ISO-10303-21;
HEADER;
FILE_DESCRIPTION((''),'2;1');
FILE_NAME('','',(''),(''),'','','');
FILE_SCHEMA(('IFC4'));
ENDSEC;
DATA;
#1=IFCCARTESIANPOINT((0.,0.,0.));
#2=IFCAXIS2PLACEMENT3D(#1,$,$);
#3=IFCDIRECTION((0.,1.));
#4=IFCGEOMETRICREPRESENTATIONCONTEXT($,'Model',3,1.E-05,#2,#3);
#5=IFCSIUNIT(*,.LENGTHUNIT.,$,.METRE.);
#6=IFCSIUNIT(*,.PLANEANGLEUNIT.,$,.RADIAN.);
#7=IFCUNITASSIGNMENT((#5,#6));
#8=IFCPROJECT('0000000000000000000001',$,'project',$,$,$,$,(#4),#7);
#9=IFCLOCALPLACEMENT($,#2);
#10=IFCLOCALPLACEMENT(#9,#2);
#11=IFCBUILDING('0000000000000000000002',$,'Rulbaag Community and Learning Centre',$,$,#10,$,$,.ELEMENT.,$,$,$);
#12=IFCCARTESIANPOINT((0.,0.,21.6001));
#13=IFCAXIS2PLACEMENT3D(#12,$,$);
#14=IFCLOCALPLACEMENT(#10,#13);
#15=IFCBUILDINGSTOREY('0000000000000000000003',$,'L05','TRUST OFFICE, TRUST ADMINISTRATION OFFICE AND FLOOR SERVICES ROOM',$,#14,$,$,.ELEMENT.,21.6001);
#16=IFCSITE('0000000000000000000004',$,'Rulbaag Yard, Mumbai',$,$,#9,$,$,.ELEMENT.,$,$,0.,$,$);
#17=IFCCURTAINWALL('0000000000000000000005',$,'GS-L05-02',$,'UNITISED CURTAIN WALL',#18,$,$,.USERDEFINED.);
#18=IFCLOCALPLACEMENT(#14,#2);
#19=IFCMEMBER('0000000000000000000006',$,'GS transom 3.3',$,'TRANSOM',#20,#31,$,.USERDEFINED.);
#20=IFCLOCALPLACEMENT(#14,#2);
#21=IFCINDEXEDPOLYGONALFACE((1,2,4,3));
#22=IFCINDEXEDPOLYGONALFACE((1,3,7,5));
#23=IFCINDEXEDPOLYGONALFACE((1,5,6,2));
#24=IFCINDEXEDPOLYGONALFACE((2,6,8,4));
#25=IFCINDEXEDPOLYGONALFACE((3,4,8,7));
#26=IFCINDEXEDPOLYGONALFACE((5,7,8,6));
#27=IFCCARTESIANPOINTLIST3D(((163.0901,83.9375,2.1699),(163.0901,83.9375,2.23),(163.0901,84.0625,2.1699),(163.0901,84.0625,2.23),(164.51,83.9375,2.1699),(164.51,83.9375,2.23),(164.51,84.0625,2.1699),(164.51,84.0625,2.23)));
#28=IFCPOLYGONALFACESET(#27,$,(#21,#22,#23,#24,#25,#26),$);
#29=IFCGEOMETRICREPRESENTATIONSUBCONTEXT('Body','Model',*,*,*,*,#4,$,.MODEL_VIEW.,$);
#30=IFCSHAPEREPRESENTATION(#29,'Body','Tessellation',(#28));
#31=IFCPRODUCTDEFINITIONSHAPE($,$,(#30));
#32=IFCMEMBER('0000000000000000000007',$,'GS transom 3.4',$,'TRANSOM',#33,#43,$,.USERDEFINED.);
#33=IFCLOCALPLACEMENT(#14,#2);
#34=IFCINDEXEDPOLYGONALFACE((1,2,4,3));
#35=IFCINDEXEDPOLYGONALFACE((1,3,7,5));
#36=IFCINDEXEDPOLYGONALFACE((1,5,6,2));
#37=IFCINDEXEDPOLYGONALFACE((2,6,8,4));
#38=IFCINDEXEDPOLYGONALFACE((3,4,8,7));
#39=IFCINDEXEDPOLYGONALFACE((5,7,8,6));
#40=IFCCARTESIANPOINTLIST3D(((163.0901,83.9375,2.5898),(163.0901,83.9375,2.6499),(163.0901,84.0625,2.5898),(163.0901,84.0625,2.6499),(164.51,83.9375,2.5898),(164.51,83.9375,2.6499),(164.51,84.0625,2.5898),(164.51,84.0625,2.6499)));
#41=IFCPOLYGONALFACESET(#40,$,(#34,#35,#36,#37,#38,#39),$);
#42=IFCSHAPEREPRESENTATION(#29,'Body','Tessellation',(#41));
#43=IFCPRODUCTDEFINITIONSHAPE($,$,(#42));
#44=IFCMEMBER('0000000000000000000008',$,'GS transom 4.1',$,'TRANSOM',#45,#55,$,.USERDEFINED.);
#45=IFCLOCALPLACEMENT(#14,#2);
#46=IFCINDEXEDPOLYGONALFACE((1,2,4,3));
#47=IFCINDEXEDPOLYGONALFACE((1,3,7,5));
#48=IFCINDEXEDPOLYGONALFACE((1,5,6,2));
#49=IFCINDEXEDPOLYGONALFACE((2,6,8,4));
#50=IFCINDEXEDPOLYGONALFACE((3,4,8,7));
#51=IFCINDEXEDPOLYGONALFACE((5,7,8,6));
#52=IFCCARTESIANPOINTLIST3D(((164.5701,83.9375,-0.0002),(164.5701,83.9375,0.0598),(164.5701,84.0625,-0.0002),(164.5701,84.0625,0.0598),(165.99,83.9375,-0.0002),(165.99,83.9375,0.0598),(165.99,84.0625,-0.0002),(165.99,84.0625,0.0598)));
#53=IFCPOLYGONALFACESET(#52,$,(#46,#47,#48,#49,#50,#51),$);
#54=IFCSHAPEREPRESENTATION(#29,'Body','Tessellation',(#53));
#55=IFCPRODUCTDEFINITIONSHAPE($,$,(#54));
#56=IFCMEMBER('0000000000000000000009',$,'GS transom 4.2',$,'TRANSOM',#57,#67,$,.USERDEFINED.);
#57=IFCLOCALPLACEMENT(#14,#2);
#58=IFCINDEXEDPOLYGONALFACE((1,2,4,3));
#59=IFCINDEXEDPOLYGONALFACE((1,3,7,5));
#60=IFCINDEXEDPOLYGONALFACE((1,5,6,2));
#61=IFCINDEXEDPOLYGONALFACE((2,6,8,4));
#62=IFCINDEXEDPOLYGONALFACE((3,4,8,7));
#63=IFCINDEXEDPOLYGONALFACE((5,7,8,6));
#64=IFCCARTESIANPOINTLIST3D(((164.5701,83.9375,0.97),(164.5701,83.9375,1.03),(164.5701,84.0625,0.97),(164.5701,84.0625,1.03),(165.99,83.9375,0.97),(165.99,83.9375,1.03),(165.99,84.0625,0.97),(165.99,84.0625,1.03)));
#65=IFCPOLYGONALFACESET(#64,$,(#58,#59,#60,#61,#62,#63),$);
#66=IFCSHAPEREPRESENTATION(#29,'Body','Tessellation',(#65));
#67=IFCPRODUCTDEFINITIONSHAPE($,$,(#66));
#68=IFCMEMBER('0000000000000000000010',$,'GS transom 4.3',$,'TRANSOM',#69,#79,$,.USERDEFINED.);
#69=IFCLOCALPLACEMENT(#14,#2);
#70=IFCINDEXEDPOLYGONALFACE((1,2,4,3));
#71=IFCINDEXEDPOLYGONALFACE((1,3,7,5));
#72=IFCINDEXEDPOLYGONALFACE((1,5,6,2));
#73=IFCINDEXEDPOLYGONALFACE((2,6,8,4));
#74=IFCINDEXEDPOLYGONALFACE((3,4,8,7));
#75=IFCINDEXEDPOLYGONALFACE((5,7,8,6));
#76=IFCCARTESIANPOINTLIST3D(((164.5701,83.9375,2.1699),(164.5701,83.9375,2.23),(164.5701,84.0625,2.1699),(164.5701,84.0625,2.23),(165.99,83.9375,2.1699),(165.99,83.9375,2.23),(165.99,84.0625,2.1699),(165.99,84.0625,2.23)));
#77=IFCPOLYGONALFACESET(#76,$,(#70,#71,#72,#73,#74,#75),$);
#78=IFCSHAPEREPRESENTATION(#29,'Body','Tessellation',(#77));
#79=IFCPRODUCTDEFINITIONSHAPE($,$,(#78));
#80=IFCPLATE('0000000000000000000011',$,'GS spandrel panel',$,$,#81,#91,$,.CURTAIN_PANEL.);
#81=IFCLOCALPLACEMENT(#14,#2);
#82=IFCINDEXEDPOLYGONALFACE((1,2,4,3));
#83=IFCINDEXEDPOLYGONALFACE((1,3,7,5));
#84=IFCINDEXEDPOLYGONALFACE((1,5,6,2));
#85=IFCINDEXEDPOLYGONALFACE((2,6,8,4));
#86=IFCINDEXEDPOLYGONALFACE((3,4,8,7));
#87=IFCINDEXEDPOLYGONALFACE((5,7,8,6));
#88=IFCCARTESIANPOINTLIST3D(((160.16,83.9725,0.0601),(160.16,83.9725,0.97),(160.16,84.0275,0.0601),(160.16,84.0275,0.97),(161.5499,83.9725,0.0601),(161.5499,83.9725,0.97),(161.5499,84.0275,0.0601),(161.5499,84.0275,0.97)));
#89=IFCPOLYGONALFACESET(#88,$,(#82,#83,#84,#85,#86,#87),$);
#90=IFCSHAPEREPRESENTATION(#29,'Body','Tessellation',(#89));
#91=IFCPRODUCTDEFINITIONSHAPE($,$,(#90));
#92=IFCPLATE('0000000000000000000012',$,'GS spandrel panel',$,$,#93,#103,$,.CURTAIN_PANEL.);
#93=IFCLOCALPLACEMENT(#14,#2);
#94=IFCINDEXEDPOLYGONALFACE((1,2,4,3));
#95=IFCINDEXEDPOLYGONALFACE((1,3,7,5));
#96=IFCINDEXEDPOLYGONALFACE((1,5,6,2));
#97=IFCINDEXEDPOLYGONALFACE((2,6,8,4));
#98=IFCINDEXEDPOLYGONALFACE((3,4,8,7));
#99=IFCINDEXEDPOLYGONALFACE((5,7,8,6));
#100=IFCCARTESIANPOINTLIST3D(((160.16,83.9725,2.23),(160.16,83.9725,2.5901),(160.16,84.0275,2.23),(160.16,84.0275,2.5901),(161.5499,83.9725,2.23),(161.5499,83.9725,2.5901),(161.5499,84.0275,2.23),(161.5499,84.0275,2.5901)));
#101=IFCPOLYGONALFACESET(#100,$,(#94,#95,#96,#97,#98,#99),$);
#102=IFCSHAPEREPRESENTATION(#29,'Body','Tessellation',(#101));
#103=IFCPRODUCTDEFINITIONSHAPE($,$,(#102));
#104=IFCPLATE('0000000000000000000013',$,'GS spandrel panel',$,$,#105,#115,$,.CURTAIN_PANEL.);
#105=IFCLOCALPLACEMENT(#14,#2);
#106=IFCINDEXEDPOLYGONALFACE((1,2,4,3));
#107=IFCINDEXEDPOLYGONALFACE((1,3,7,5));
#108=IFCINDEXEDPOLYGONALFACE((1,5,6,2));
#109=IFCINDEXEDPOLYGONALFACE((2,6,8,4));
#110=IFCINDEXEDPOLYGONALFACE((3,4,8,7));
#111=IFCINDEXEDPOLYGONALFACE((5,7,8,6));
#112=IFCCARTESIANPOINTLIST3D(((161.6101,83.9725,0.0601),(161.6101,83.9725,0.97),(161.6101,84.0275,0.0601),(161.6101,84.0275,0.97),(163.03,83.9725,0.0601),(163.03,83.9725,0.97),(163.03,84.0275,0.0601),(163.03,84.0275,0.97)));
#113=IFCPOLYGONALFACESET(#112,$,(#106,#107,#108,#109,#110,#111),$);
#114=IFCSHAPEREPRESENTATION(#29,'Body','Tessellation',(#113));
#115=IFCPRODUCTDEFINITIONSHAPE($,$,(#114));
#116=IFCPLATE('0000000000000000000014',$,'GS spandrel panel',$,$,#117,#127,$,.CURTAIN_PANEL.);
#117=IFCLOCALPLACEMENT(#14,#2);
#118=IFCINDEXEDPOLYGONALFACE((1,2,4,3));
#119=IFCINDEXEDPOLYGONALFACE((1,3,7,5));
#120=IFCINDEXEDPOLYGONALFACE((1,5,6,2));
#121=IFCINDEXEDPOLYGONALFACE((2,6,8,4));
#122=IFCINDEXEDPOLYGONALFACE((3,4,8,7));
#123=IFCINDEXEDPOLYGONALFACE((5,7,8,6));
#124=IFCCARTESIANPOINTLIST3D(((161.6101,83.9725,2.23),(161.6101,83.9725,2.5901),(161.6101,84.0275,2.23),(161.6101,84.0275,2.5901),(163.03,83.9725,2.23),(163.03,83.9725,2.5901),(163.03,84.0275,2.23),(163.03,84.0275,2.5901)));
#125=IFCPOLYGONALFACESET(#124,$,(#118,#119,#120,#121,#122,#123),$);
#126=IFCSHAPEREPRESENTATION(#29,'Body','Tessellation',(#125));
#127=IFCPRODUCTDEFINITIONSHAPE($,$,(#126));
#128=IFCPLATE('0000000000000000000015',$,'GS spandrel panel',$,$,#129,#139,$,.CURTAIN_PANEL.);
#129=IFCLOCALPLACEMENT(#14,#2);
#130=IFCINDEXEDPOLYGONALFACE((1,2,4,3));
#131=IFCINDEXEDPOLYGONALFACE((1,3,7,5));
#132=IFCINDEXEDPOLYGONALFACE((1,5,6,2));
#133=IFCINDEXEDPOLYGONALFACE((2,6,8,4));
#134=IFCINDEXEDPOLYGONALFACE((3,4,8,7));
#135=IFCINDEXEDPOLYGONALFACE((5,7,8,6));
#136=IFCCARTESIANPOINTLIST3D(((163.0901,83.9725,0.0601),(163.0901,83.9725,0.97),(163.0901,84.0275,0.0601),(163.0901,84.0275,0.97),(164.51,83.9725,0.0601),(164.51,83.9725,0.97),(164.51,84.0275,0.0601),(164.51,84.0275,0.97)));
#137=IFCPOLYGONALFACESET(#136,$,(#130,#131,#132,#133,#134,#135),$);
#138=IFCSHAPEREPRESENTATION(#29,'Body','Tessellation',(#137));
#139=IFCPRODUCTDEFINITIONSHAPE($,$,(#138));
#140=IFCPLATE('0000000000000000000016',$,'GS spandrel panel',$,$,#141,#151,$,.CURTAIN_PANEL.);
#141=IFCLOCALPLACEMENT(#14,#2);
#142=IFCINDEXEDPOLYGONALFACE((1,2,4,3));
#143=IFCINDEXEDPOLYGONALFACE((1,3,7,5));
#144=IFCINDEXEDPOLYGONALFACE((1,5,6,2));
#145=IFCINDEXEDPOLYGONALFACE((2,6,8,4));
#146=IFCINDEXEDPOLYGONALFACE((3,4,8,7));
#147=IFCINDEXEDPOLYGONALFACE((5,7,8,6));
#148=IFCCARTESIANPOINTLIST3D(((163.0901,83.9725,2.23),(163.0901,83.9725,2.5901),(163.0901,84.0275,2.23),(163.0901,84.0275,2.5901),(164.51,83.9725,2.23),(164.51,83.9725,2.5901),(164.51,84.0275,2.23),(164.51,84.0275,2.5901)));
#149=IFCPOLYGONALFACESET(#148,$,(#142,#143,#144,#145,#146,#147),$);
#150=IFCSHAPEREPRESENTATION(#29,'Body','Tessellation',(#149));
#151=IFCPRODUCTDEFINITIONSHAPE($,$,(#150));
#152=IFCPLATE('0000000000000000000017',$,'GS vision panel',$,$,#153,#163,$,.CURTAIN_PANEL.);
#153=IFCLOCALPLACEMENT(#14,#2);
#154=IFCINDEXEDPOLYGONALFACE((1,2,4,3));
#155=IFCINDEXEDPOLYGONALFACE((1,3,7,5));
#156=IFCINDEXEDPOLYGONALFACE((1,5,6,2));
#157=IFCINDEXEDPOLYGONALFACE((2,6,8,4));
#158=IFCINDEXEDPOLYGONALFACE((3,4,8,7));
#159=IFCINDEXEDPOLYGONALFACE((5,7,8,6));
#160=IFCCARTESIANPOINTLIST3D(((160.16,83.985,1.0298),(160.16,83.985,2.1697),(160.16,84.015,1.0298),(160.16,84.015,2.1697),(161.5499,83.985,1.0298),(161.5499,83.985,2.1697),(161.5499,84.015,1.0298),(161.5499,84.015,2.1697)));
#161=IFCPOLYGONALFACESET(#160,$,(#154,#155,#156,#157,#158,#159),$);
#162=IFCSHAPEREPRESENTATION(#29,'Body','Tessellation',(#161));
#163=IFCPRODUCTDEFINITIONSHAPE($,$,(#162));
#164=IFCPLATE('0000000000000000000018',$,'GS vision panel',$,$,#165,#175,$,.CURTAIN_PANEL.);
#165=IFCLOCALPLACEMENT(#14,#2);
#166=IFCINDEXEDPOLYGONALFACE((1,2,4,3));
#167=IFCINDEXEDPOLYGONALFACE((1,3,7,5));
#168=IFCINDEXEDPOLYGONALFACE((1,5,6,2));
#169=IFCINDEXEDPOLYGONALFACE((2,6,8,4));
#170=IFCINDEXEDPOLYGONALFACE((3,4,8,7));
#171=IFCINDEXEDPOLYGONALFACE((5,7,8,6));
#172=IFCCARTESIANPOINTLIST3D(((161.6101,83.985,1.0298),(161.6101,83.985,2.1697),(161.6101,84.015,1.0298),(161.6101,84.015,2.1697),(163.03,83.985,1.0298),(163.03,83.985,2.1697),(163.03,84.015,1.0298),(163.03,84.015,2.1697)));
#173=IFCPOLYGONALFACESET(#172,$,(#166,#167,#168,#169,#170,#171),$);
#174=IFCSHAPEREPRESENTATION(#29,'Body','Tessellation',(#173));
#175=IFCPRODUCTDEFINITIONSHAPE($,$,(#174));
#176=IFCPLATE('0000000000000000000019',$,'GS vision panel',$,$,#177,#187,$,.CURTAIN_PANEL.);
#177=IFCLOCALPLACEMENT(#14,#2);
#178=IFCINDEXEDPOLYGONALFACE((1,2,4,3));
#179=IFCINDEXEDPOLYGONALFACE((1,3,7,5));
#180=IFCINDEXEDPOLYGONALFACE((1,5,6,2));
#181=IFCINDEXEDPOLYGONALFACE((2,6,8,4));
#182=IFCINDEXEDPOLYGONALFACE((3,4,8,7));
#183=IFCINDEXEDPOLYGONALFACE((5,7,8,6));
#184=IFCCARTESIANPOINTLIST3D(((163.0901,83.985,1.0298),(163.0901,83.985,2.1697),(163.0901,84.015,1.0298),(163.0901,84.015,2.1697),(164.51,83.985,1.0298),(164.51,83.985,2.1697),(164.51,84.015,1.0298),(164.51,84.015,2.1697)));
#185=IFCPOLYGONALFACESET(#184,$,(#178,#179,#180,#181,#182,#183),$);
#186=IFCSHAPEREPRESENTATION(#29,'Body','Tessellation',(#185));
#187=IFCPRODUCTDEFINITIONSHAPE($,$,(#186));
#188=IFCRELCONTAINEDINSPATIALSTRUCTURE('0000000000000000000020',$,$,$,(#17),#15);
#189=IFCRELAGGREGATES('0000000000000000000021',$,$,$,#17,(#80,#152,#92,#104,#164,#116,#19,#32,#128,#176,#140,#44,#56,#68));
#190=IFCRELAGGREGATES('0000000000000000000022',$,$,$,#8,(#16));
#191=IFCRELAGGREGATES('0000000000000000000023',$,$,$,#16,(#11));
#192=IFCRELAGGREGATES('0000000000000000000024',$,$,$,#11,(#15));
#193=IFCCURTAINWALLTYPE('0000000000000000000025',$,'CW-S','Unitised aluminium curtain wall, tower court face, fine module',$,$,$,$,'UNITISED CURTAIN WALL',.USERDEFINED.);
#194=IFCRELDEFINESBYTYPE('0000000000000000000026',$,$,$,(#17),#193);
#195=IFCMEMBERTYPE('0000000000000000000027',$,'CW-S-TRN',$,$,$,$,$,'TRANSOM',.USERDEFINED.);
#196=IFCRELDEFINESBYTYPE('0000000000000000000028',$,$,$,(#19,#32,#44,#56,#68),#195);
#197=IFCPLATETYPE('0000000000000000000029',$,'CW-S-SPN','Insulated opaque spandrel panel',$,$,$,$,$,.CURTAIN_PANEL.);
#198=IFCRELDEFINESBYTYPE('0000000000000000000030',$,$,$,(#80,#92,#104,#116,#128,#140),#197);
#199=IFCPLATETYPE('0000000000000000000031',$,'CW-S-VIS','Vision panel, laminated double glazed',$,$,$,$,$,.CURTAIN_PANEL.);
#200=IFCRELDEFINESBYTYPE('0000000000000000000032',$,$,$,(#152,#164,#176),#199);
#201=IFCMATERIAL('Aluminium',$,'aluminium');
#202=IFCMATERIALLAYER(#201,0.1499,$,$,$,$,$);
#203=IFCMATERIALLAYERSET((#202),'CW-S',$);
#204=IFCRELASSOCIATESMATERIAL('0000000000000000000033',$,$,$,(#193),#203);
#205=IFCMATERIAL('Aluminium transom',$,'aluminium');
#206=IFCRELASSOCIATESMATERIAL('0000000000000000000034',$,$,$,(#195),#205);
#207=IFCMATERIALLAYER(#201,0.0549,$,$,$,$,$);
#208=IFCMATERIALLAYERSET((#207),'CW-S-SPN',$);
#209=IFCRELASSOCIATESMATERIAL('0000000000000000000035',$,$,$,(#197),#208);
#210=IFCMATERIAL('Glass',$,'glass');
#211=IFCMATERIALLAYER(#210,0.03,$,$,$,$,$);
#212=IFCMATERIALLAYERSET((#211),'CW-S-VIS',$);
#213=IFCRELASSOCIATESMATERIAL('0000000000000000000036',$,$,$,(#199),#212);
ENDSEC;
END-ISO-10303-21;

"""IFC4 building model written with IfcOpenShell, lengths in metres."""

from ifc_helpers import new_model, si_unit, direction, frame, origin, origin_2d, place, context, subcontext, project, spatial, rectangle, extrude, material, layer, layer_set, material_profile, profile_set, type_object, element, aggregate, save


model = new_model("IFC4")

# Units and contexts
model_context = context("Model", 3, precision=1e-05, world=origin(), true_north=direction((0.0, 1.0)))
body_context = subcontext(model_context, "Body", "Model", "MODEL_VIEW")
ifc_project = project(units=[si_unit("LENGTHUNIT", "METRE"), si_unit("PLANEANGLEUNIT", "RADIAN")], contexts=[model_context])

# Site, building, storey
site_placement = place(None, origin())
site = spatial("IfcSite", under=ifc_project, at=site_placement, Name="Rulbaag Yard, Mumbai", CompositionType="ELEMENT", RefElevation=0.0)
building_placement = place(site_placement, origin())
building = spatial("IfcBuilding", under=site, at=building_placement, Name="Rulbaag Community and Learning Centre", CompositionType="ELEMENT")
storey_placement = place(building_placement, frame((0.0, 0.0, 21.6001)))
storey = spatial("IfcBuildingStorey", under=building, at=storey_placement, Name="L05", Description="TRUST OFFICE, TRUST ADMINISTRATION OFFICE AND FLOOR SERVICES ROOM", CompositionType="ELEMENT", Elevation=21.6001)

# Curtain wall, members, plates
ifc_material_1 = material(Name="Aluminium", Category="aluminium")
ifc_layer_1 = layer(ifc_material_1, 0.1499)
ifc_layer_set_1 = layer_set([ifc_layer_1], Name="CW-S")
curtain_wall_type = type_object("IfcCurtainWallType", Name="CW-S", Description="Unitised aluminium curtain wall, tower court face, fine module", ElementType="UNITISED CURTAIN WALL", PredefinedType="USERDEFINED", material=ifc_layer_set_1)
curtain_wall_placement = place(storey_placement, origin())
curtain_wall = element("IfcCurtainWall", 1, at=curtain_wall_placement, inside=storey, type_object=curtain_wall_type, Name="GS-L05-02", ObjectType="UNITISED CURTAIN WALL", PredefinedType="USERDEFINED")
ifc_material_2 = material(Name="Aluminium transom", Category="aluminium")
ifc_material_profile_1 = material_profile(ifc_material_2, rectangle(XDim=0.125, YDim=0.0601, at=origin_2d()), Name="AL 60x125 T")
ifc_profile_set_1 = profile_set([ifc_material_profile_1], Name="Aluminium transom")
member_type_1 = type_object("IfcMemberType", Name="CW-S-TRN", ElementType="TRANSOM", PredefinedType="USERDEFINED", material=ifc_profile_set_1)
member_1_placement = place(storey_placement, frame((163.0901, 84.0, 2.2), z_axis=(1.0, 0.0, 0.0), x_axis=(0.0, 1.0, 0.0)))
member_1 = element("IfcMember", 2, at=member_1_placement, type_object=member_type_1, Name="GS transom 3.3", ObjectType="TRANSOM", PredefinedType="USERDEFINED", context=body_context, shape_type="SweptSolid", body=[
    extrude(rectangle(XDim=0.125, YDim=0.0601, at=origin_2d()), origin(), (0.0, 0.0, 1.0), 1.4199),
])
member_2_placement = place(storey_placement, frame((163.0901, 84.0, 2.6199), z_axis=(1.0, 0.0, 0.0), x_axis=(0.0, 1.0, 0.0)))
member_2 = element("IfcMember", 3, at=member_2_placement, type_object=member_type_1, Name="GS transom 3.4", ObjectType="TRANSOM", PredefinedType="USERDEFINED", context=body_context, shape_type="SweptSolid", body=[
    extrude(rectangle(XDim=0.125, YDim=0.0601, at=origin_2d()), origin(), (0.0, 0.0, 1.0), 1.4199),
])
member_3_placement = place(storey_placement, frame((164.5701, 84.0, 0.0298), z_axis=(1.0, 0.0, 0.0), x_axis=(0.0, 1.0, 0.0)))
member_3 = element("IfcMember", 4, at=member_3_placement, type_object=member_type_1, Name="GS transom 4.1", ObjectType="TRANSOM", PredefinedType="USERDEFINED", context=body_context, shape_type="SweptSolid", body=[
    extrude(rectangle(XDim=0.125, YDim=0.0601, at=origin_2d()), origin(), (0.0, 0.0, 1.0), 1.4199),
])
member_4_placement = place(storey_placement, frame((164.5701, 84.0, 1.0), z_axis=(1.0, 0.0, 0.0), x_axis=(0.0, 1.0, 0.0)))
member_4 = element("IfcMember", 5, at=member_4_placement, type_object=member_type_1, Name="GS transom 4.2", ObjectType="TRANSOM", PredefinedType="USERDEFINED", context=body_context, shape_type="SweptSolid", body=[
    extrude(rectangle(XDim=0.125, YDim=0.0601, at=origin_2d()), origin(), (0.0, 0.0, 1.0), 1.4199),
])
member_5_placement = place(storey_placement, frame((164.5701, 84.0, 2.2), z_axis=(1.0, 0.0, 0.0), x_axis=(0.0, 1.0, 0.0)))
member_5 = element("IfcMember", 6, at=member_5_placement, type_object=member_type_1, Name="GS transom 4.3", ObjectType="TRANSOM", PredefinedType="USERDEFINED", context=body_context, shape_type="SweptSolid", body=[
    extrude(rectangle(XDim=0.125, YDim=0.0601, at=origin_2d()), origin(), (0.0, 0.0, 1.0), 1.4199),
])
ifc_layer_2 = layer(ifc_material_1, 0.0549)
ifc_layer_set_2 = layer_set([ifc_layer_2], Name="CW-S-SPN")
plate_type_1 = type_object("IfcPlateType", Name="CW-S-SPN", Description="Insulated opaque spandrel panel", PredefinedType="CURTAIN_PANEL", material=ifc_layer_set_2)
plate_1_placement = place(storey_placement, frame((160.855, 84.0, 0.0601), z_axis=(0.0, 0.0, 1.0), x_axis=(1.0, 0.0, 0.0)))
plate_1 = element("IfcPlate", 7, at=plate_1_placement, type_object=plate_type_1, Name="GS spandrel panel", PredefinedType="CURTAIN_PANEL", context=body_context, shape_type="SweptSolid", body=[
    extrude(rectangle(XDim=1.3899, YDim=0.0549, at=origin_2d()), origin(), (0.0, 0.0, 1.0), 0.9099),
])
plate_2_placement = place(storey_placement, frame((160.855, 84.0, 2.23), z_axis=(0.0, 0.0, 1.0), x_axis=(1.0, 0.0, 0.0)))
plate_2 = element("IfcPlate", 8, at=plate_2_placement, type_object=plate_type_1, Name="GS spandrel panel", PredefinedType="CURTAIN_PANEL", context=body_context, shape_type="SweptSolid", body=[
    extrude(rectangle(XDim=1.3899, YDim=0.0549, at=origin_2d()), origin(), (0.0, 0.0, 1.0), 0.3601),
])
plate_3_placement = place(storey_placement, frame((162.3201, 84.0, 0.0601), z_axis=(0.0, 0.0, 1.0), x_axis=(1.0, 0.0, 0.0)))
plate_3 = element("IfcPlate", 9, at=plate_3_placement, type_object=plate_type_1, Name="GS spandrel panel", PredefinedType="CURTAIN_PANEL", context=body_context, shape_type="SweptSolid", body=[
    extrude(rectangle(XDim=1.4199, YDim=0.0549, at=origin_2d()), origin(), (0.0, 0.0, 1.0), 0.9099),
])
plate_4_placement = place(storey_placement, frame((162.3201, 84.0, 2.23), z_axis=(0.0, 0.0, 1.0), x_axis=(1.0, 0.0, 0.0)))
plate_4 = element("IfcPlate", 10, at=plate_4_placement, type_object=plate_type_1, Name="GS spandrel panel", PredefinedType="CURTAIN_PANEL", context=body_context, shape_type="SweptSolid", body=[
    extrude(rectangle(XDim=1.4199, YDim=0.0549, at=origin_2d()), origin(), (0.0, 0.0, 1.0), 0.3601),
])
plate_5_placement = place(storey_placement, frame((163.8, 84.0, 0.0601), z_axis=(0.0, 0.0, 1.0), x_axis=(1.0, 0.0, 0.0)))
plate_5 = element("IfcPlate", 11, at=plate_5_placement, type_object=plate_type_1, Name="GS spandrel panel", PredefinedType="CURTAIN_PANEL", context=body_context, shape_type="SweptSolid", body=[
    extrude(rectangle(XDim=1.4199, YDim=0.0549, at=origin_2d()), origin(), (0.0, 0.0, 1.0), 0.9099),
])
plate_6_placement = place(storey_placement, frame((163.8, 84.0, 2.23), z_axis=(0.0, 0.0, 1.0), x_axis=(1.0, 0.0, 0.0)))
plate_6 = element("IfcPlate", 12, at=plate_6_placement, type_object=plate_type_1, Name="GS spandrel panel", PredefinedType="CURTAIN_PANEL", context=body_context, shape_type="SweptSolid", body=[
    extrude(rectangle(XDim=1.4199, YDim=0.0549, at=origin_2d()), origin(), (0.0, 0.0, 1.0), 0.3601),
])
ifc_material_3 = material(Name="Glass", Category="glass")
ifc_layer_3 = layer(ifc_material_3, 0.03)
ifc_layer_set_3 = layer_set([ifc_layer_3], Name="CW-S-VIS")
plate_type_2 = type_object("IfcPlateType", Name="CW-S-VIS", Description="Vision panel, laminated double glazed", PredefinedType="CURTAIN_PANEL", material=ifc_layer_set_3)
plate_7_placement = place(storey_placement, frame((160.855, 84.0, 1.0298), z_axis=(0.0, 0.0, 1.0), x_axis=(1.0, 0.0, 0.0)))
plate_7 = element("IfcPlate", 13, at=plate_7_placement, type_object=plate_type_2, Name="GS vision panel", PredefinedType="CURTAIN_PANEL", context=body_context, shape_type="SweptSolid", body=[
    extrude(rectangle(XDim=1.3899, YDim=0.03, at=origin_2d()), origin(), (0.0, 0.0, 1.0), 1.1399),
])
plate_8_placement = place(storey_placement, frame((162.3201, 84.0, 1.0298), z_axis=(0.0, 0.0, 1.0), x_axis=(1.0, 0.0, 0.0)))
plate_8 = element("IfcPlate", 14, at=plate_8_placement, type_object=plate_type_2, Name="GS vision panel", PredefinedType="CURTAIN_PANEL", context=body_context, shape_type="SweptSolid", body=[
    extrude(rectangle(XDim=1.4199, YDim=0.03, at=origin_2d()), origin(), (0.0, 0.0, 1.0), 1.1399),
])
plate_9_placement = place(storey_placement, frame((163.8, 84.0, 1.0298), z_axis=(0.0, 0.0, 1.0), x_axis=(1.0, 0.0, 0.0)))
plate_9 = element("IfcPlate", 15, at=plate_9_placement, type_object=plate_type_2, Name="GS vision panel", PredefinedType="CURTAIN_PANEL", context=body_context, shape_type="SweptSolid", body=[
    extrude(rectangle(XDim=1.4199, YDim=0.03, at=origin_2d()), origin(), (0.0, 0.0, 1.0), 1.1399),
])
aggregate(curtain_wall, [plate_1, plate_7, plate_2, plate_3, plate_8, plate_4, member_1, member_2, plate_5, plate_9, plate_6, member_3, member_4, member_5])

save(model, "model.ifc")
